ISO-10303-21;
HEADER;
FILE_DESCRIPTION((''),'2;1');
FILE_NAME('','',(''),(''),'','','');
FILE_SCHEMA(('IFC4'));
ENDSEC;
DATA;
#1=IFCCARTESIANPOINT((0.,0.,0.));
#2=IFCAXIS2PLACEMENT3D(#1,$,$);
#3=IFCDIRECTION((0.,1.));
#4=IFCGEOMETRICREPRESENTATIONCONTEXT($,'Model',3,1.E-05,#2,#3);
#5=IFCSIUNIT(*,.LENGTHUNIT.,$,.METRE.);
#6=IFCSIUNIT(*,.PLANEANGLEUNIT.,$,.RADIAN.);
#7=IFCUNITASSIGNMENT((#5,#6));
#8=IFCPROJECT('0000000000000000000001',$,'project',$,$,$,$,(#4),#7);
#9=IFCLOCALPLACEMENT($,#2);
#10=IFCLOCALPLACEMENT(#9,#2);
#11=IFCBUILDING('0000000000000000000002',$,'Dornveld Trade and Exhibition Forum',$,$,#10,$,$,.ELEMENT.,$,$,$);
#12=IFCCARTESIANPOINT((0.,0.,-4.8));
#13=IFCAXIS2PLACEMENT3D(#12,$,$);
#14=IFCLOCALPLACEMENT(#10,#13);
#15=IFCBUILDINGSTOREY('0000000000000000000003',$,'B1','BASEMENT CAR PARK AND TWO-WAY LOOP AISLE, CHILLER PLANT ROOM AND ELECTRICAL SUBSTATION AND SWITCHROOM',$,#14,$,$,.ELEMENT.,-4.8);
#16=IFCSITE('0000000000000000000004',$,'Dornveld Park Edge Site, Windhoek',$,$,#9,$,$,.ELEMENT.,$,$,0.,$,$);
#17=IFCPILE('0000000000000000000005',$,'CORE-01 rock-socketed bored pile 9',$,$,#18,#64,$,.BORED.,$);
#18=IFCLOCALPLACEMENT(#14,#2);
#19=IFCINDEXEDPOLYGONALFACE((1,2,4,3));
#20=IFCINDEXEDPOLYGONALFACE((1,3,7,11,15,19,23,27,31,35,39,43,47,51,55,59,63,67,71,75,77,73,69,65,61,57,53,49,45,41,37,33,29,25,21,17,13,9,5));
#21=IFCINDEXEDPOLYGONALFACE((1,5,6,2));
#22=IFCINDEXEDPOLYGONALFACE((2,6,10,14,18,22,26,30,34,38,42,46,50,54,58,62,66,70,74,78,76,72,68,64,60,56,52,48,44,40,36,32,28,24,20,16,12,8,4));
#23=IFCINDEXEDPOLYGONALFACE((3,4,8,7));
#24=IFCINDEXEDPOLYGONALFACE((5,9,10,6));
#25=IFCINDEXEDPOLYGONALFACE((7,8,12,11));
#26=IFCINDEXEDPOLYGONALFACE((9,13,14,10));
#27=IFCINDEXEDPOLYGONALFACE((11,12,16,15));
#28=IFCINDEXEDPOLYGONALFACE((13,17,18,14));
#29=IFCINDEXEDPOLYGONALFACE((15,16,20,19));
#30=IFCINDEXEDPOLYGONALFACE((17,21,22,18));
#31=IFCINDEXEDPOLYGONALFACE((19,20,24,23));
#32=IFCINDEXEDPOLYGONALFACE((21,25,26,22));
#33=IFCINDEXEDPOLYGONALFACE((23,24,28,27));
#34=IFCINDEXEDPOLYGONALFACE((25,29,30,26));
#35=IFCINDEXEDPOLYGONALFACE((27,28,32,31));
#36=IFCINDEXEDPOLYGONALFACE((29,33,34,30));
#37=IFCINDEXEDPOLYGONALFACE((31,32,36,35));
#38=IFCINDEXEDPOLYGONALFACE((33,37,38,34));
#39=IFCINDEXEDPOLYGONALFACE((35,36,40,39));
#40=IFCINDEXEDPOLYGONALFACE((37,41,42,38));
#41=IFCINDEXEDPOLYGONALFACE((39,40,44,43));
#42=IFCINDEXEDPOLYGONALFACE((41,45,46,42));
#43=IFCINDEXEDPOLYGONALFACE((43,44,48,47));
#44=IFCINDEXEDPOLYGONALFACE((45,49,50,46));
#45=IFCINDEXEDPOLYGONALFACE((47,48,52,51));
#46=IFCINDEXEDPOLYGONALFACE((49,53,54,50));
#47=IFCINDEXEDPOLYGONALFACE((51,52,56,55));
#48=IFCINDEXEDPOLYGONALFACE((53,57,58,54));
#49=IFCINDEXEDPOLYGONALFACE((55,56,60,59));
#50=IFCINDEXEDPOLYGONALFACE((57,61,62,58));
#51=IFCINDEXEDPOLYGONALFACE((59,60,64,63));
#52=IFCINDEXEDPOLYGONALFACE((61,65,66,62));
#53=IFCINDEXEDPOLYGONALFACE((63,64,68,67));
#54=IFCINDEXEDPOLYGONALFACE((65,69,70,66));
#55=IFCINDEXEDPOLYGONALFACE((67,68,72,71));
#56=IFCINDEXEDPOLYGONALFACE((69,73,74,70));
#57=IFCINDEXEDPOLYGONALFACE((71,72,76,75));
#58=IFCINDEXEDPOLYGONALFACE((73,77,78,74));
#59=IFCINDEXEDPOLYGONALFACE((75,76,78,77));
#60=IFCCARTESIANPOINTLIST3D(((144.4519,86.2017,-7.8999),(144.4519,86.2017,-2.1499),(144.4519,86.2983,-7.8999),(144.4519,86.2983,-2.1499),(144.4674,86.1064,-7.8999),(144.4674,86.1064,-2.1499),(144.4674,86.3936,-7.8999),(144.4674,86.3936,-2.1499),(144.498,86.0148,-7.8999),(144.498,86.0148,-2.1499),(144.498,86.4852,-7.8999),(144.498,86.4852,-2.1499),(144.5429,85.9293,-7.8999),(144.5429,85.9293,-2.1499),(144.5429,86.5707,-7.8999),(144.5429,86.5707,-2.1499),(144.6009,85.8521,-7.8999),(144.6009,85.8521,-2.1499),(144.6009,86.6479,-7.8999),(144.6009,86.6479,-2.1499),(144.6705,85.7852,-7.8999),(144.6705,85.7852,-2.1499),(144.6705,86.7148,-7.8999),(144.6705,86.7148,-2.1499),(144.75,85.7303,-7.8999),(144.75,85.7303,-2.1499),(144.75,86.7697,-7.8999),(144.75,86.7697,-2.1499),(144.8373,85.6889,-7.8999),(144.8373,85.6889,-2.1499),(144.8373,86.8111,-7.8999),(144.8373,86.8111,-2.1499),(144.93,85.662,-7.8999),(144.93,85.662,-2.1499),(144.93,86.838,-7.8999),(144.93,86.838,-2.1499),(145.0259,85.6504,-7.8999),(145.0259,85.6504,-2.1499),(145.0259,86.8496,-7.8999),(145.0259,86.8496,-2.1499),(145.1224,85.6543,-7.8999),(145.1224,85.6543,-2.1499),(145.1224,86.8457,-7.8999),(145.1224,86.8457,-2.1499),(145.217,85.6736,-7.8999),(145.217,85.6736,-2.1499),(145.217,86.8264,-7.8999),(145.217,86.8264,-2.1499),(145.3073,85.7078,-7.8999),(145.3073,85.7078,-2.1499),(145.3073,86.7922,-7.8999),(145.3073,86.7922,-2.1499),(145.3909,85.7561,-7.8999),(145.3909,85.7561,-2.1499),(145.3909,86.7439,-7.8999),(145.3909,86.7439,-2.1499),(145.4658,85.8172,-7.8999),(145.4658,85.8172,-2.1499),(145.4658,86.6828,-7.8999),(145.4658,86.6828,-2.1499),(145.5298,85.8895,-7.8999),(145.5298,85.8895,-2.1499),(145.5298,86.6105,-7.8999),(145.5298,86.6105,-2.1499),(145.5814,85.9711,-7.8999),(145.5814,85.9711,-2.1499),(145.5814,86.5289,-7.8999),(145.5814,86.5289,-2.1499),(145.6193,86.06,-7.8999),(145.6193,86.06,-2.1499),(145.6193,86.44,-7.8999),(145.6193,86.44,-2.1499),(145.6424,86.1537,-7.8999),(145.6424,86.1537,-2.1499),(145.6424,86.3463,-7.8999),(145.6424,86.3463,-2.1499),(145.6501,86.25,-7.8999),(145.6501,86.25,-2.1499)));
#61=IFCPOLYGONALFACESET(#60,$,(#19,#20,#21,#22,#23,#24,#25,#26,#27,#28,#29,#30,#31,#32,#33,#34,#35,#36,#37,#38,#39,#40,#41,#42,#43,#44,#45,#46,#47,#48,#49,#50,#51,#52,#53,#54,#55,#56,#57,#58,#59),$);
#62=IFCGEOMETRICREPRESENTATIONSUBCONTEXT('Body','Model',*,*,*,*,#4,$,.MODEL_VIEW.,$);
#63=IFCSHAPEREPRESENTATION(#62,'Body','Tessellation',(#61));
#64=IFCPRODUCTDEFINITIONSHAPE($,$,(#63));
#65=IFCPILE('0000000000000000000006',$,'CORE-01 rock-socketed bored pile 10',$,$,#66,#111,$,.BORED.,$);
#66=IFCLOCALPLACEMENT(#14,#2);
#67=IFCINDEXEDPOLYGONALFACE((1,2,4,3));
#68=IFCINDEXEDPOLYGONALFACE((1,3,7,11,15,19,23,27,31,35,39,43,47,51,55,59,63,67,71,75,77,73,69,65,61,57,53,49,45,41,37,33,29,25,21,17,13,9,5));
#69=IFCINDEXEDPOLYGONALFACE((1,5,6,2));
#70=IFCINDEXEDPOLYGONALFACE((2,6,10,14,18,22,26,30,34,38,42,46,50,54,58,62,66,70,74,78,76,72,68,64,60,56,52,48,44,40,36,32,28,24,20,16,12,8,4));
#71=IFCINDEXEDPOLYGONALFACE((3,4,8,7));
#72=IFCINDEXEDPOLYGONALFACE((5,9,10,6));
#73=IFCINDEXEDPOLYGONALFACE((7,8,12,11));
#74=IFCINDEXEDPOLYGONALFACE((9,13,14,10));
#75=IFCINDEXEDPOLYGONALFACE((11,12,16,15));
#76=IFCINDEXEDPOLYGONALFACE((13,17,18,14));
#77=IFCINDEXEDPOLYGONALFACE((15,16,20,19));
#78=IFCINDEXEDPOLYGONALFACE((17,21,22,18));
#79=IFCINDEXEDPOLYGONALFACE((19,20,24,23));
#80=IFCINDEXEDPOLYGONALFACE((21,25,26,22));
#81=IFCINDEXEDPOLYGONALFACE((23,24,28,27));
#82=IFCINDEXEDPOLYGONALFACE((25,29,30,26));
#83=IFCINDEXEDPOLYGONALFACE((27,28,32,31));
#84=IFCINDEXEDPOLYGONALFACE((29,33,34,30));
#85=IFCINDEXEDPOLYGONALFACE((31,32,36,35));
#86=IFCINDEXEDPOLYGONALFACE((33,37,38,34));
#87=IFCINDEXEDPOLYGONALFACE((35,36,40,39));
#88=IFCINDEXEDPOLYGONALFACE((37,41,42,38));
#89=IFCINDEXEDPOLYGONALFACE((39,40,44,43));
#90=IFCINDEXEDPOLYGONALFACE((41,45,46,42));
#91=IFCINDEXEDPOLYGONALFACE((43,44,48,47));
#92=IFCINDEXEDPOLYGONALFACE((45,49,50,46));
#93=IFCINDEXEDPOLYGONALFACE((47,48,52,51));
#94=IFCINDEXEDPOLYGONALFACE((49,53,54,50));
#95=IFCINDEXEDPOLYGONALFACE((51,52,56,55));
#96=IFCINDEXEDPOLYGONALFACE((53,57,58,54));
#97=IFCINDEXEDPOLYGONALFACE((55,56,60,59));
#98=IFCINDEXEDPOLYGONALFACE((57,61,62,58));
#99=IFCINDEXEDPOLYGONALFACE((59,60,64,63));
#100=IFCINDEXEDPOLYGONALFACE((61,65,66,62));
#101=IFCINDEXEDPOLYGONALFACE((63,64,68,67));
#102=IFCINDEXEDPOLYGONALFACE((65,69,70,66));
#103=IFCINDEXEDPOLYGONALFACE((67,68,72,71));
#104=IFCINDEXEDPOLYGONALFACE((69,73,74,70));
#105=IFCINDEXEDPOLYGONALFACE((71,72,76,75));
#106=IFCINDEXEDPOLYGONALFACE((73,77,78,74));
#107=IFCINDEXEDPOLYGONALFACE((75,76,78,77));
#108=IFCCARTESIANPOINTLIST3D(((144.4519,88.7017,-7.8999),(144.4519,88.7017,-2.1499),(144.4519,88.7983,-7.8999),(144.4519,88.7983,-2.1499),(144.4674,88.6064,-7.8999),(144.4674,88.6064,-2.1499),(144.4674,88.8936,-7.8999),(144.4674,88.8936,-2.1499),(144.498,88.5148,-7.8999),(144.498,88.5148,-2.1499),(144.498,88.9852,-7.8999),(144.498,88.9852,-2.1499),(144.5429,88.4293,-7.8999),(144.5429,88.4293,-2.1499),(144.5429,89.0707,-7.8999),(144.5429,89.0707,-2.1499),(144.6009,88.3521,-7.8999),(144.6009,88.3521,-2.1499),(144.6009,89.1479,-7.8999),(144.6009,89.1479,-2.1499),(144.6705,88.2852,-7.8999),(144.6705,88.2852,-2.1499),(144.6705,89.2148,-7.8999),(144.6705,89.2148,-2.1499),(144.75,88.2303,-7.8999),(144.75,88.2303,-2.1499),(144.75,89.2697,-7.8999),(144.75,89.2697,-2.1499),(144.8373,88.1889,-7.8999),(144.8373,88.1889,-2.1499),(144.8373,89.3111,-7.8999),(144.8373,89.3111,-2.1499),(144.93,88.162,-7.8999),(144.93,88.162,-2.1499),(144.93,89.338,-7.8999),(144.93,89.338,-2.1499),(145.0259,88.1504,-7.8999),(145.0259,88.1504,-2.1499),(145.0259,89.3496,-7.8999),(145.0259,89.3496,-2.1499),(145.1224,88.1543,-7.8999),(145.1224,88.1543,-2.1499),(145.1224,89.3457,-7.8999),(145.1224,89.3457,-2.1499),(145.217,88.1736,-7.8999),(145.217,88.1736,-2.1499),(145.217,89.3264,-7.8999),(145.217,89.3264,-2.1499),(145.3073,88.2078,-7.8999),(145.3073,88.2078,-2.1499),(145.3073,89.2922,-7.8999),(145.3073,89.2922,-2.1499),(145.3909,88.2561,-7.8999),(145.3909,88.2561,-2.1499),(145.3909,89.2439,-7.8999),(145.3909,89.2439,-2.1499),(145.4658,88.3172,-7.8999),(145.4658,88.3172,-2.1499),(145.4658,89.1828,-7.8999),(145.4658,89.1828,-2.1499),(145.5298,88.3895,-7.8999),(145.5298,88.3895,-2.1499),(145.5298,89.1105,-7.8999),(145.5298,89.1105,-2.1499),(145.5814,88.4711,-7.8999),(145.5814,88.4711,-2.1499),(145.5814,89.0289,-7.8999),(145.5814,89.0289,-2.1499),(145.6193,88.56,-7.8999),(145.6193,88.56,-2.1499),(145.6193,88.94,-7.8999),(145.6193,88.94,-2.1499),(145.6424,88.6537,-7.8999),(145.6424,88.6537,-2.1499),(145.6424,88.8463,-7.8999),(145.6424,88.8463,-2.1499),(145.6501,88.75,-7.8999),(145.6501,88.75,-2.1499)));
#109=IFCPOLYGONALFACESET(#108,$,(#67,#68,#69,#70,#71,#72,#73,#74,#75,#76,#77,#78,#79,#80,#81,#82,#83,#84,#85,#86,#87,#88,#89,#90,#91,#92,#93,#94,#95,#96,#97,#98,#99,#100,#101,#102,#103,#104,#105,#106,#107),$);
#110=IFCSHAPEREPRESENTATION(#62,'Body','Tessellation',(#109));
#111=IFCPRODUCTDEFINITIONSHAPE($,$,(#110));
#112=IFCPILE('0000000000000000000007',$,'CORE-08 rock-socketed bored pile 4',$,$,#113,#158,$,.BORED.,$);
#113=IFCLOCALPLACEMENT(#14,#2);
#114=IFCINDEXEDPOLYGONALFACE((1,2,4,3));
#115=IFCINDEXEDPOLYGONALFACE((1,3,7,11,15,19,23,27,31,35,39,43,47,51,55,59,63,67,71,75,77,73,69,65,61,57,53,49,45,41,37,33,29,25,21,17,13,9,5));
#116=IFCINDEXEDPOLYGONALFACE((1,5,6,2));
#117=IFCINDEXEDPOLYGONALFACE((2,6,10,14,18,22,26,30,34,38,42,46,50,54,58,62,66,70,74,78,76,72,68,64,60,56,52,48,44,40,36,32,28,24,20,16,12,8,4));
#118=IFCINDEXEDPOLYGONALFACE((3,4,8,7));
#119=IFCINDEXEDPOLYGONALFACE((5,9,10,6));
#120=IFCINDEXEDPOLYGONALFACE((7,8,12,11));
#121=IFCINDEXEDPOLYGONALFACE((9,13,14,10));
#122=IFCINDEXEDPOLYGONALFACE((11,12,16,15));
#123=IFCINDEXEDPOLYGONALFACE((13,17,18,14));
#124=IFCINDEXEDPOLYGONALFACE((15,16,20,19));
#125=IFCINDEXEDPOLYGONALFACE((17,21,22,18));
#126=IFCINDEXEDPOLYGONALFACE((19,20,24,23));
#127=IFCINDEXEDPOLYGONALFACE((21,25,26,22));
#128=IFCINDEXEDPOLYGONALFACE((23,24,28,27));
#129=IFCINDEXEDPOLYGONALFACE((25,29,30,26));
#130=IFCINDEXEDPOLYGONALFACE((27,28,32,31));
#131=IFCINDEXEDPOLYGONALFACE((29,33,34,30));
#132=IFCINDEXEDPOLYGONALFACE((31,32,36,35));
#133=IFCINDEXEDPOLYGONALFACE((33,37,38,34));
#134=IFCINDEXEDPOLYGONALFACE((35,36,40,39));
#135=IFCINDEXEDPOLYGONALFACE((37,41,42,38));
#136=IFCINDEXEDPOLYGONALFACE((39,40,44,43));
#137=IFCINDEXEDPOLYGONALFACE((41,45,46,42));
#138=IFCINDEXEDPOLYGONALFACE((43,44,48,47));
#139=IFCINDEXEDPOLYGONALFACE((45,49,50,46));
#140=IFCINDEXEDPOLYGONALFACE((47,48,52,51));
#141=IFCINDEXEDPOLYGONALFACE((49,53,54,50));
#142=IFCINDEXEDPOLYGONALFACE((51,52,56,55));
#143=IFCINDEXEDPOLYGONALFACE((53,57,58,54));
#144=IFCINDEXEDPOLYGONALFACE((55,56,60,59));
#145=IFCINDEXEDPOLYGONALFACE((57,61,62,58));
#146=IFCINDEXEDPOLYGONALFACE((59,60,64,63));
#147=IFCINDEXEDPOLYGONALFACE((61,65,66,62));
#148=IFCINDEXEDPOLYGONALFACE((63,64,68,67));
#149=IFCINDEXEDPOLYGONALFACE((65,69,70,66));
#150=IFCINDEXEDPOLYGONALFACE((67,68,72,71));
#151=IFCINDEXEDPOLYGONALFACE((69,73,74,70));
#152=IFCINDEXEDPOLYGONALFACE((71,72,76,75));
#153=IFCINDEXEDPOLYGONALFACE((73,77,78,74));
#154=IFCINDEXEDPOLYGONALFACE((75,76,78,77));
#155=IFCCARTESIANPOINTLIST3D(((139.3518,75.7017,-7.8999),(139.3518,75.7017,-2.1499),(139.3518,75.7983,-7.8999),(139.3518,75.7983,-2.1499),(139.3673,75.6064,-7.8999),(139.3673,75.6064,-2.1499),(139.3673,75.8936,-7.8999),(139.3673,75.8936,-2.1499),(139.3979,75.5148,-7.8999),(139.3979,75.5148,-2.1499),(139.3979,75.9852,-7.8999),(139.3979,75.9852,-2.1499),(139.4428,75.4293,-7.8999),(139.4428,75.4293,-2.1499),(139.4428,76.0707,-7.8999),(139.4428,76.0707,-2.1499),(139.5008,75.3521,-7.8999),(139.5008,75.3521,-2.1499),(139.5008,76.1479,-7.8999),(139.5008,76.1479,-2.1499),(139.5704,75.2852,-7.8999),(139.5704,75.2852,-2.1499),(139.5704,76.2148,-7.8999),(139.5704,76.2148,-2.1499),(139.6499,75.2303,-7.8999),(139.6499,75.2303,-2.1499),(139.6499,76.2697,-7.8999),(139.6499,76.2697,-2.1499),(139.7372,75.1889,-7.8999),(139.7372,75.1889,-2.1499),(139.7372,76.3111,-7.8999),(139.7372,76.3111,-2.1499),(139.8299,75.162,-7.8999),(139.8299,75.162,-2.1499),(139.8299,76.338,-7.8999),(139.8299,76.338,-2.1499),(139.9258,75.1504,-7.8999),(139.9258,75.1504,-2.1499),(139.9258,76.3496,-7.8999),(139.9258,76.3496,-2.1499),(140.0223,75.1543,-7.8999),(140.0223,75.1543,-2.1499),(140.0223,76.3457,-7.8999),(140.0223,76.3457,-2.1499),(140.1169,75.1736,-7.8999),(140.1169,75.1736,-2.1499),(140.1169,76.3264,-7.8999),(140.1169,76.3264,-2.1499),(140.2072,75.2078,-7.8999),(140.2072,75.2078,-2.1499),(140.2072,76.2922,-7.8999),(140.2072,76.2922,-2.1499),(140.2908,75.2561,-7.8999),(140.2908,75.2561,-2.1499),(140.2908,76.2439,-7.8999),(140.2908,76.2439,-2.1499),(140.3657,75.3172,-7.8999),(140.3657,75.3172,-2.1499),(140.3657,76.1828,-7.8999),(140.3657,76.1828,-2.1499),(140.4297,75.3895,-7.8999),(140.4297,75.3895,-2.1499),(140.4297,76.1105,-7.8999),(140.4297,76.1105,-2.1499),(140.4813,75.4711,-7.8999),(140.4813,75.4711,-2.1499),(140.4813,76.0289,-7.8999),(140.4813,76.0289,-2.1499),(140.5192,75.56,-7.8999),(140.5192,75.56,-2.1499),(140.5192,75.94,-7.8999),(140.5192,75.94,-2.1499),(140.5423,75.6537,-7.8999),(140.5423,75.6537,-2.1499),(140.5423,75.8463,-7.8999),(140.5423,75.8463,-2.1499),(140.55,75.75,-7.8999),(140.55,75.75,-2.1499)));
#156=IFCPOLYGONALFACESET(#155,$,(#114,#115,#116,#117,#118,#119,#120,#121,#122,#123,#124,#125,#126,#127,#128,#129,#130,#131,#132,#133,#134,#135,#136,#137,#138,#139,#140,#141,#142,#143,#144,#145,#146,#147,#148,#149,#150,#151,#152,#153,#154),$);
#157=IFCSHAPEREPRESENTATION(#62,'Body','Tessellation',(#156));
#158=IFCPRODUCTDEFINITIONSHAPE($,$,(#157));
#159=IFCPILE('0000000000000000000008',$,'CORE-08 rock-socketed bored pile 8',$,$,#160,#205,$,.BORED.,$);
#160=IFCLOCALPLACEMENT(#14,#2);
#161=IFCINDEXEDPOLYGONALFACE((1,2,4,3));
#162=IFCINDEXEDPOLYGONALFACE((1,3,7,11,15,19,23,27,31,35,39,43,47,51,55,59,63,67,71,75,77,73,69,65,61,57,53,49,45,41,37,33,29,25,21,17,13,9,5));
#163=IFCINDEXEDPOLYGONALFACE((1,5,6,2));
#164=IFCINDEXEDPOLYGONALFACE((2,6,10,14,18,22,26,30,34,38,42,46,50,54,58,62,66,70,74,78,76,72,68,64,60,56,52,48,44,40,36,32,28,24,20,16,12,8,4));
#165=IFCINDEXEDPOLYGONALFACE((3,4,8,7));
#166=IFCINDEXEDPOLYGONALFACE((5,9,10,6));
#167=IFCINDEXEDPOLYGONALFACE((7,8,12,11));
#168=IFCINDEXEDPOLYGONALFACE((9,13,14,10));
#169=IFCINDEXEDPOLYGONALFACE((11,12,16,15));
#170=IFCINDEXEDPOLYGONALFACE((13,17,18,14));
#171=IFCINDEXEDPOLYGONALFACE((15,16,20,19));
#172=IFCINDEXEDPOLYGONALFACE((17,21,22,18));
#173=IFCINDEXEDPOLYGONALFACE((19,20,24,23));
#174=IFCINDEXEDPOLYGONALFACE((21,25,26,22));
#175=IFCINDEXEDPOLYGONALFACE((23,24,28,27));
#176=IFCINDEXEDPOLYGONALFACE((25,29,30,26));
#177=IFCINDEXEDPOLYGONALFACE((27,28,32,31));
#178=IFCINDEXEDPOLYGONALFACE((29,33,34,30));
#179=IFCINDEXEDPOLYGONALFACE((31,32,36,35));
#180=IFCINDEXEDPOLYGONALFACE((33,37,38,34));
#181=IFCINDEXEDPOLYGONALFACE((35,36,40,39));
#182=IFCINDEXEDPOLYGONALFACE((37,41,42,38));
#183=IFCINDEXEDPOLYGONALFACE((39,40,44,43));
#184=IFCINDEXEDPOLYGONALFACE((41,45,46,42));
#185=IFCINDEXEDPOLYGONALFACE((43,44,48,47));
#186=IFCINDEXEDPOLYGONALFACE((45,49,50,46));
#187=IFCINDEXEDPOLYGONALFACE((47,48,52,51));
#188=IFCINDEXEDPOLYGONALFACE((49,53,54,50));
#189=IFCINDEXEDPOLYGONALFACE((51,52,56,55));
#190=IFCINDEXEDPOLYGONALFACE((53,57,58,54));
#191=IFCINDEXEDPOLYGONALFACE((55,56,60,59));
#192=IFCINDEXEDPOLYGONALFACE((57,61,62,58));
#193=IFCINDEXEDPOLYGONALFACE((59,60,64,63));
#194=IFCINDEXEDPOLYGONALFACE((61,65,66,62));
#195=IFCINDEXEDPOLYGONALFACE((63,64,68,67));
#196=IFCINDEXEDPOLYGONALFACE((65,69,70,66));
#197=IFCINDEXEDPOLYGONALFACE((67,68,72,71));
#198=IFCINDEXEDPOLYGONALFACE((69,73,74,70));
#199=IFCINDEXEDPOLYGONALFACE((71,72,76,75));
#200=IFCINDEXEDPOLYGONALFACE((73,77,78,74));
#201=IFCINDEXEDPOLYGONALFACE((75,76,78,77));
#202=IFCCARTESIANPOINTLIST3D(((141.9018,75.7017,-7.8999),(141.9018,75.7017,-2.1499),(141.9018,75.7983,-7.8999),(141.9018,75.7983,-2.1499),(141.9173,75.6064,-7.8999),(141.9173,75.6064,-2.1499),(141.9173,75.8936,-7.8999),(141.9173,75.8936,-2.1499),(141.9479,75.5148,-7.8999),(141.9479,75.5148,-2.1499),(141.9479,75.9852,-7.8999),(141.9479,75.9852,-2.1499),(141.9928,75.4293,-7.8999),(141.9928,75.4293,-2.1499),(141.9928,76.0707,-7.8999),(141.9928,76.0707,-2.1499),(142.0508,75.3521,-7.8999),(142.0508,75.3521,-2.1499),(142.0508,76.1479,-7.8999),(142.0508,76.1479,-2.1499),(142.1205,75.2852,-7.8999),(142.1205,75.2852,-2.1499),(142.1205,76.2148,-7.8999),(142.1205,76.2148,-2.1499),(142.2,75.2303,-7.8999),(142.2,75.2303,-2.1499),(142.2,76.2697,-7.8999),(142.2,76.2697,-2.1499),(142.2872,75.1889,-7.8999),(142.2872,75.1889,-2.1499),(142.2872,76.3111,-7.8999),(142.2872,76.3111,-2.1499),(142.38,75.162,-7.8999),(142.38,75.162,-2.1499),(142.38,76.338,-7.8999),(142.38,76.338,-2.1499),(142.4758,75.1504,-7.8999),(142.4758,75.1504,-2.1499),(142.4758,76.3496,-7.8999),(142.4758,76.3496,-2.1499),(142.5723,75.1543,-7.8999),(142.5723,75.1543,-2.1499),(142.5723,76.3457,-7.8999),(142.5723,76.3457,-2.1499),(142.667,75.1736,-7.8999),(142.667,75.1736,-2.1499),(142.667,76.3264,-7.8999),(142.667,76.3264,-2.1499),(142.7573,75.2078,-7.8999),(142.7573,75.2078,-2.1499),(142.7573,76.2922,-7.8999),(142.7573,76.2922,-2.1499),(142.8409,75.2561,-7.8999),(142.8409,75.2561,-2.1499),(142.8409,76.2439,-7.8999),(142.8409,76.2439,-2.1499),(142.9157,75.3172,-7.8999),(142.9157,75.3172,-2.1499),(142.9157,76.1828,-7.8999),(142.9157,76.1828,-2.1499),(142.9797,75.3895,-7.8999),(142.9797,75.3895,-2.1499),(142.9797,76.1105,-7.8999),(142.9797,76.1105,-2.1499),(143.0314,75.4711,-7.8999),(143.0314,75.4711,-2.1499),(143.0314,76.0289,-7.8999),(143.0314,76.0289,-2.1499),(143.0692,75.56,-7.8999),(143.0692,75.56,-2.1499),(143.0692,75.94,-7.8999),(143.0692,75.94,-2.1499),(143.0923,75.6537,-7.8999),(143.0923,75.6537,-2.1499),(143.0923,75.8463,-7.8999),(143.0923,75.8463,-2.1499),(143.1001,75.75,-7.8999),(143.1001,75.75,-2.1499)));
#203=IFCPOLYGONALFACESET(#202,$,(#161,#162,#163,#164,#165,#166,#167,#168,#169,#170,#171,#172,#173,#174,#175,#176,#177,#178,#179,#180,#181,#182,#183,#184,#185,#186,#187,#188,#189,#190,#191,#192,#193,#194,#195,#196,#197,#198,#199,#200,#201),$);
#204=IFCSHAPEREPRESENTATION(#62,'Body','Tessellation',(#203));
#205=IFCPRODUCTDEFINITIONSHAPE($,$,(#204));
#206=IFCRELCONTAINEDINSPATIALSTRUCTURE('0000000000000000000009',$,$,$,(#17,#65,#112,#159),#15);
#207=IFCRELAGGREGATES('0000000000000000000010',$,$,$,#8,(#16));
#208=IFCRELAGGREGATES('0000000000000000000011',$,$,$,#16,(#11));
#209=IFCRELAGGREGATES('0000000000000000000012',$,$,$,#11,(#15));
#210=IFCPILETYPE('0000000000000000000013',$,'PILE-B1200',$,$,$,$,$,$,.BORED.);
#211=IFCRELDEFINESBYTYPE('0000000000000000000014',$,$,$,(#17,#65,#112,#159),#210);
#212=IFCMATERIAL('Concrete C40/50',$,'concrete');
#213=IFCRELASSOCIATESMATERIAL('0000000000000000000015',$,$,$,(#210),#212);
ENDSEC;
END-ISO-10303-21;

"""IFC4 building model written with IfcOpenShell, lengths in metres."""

from ifc_helpers import new_model, si_unit, direction, frame, origin, origin_2d, place, context, subcontext, project, spatial, circle, extrude, material, material_profile, profile_set, type_object, element, save


model = new_model("IFC4")

# Units and contexts
model_context = context("Model", 3, precision=1e-05, world=origin(), true_north=direction((0.0, 1.0)))
body_context = subcontext(model_context, "Body", "Model", "MODEL_VIEW")
ifc_project = project(units=[si_unit("LENGTHUNIT", "METRE"), si_unit("PLANEANGLEUNIT", "RADIAN")], contexts=[model_context])

# Site, building, storey
site_placement = place(None, origin())
site = spatial("IfcSite", under=ifc_project, at=site_placement, Name="Dornveld Park Edge Site, Windhoek", CompositionType="ELEMENT", RefElevation=0.0)
building_placement = place(site_placement, origin())
building = spatial("IfcBuilding", under=site, at=building_placement, Name="Dornveld Trade and Exhibition Forum", CompositionType="ELEMENT")
storey_placement = place(building_placement, frame((0.0, 0.0, -4.8)))
storey = spatial("IfcBuildingStorey", under=building, at=storey_placement, Name="B1", Description="BASEMENT CAR PARK AND TWO-WAY LOOP AISLE, CHILLER PLANT ROOM AND ELECTRICAL SUBSTATION AND SWITCHROOM", CompositionType="ELEMENT", Elevation=-4.8)

# Piles
ifc_material_1 = material(Name="Concrete C40/50", Category="concrete")
ifc_material_profile_1 = material_profile(ifc_material_1, circle(Radius=0.6001, at=origin_2d()), Name="PILE D1200")
ifc_profile_set_1 = profile_set([ifc_material_profile_1], Name="Concrete C40/50")
pile_type_1 = type_object("IfcPileType", Name="PILE-B1200", PredefinedType="BORED", material=ifc_profile_set_1)
for number, where, z_axis, x_axis, name in (
    (1, (145.05, 86.25, -2.1499), (0.0, 0.0, -1.0), (1.0, 0.0, 0.0), "CORE-01 rock-socketed bored pile 9"),
    (2, (145.05, 88.75, -2.1499), (0.0, 0.0, -1.0), (1.0, 0.0, 0.0), "CORE-01 rock-socketed bored pile 10"),
    (3, (139.95, 75.75, -2.1499), (0.0, 0.0, -1.0), (1.0, 0.0, 0.0), "CORE-08 rock-socketed bored pile 4"),
    (4, (142.5, 75.75, -2.1499), (0.0, 0.0, -1.0), (1.0, 0.0, 0.0), "CORE-08 rock-socketed bored pile 8"),
):
    element("IfcPile", number, at=place(storey_placement, frame(where, z_axis=z_axis, x_axis=x_axis)), inside=storey, type_object=pile_type_1, Name=name, PredefinedType="BORED", context=body_context, shape_type="SweptSolid", body=[
        extrude(circle(Radius=0.6001, at=origin_2d()), origin(), (0.0, 0.0, 1.0), 5.75),
    ])

save(model, "model.ifc")
